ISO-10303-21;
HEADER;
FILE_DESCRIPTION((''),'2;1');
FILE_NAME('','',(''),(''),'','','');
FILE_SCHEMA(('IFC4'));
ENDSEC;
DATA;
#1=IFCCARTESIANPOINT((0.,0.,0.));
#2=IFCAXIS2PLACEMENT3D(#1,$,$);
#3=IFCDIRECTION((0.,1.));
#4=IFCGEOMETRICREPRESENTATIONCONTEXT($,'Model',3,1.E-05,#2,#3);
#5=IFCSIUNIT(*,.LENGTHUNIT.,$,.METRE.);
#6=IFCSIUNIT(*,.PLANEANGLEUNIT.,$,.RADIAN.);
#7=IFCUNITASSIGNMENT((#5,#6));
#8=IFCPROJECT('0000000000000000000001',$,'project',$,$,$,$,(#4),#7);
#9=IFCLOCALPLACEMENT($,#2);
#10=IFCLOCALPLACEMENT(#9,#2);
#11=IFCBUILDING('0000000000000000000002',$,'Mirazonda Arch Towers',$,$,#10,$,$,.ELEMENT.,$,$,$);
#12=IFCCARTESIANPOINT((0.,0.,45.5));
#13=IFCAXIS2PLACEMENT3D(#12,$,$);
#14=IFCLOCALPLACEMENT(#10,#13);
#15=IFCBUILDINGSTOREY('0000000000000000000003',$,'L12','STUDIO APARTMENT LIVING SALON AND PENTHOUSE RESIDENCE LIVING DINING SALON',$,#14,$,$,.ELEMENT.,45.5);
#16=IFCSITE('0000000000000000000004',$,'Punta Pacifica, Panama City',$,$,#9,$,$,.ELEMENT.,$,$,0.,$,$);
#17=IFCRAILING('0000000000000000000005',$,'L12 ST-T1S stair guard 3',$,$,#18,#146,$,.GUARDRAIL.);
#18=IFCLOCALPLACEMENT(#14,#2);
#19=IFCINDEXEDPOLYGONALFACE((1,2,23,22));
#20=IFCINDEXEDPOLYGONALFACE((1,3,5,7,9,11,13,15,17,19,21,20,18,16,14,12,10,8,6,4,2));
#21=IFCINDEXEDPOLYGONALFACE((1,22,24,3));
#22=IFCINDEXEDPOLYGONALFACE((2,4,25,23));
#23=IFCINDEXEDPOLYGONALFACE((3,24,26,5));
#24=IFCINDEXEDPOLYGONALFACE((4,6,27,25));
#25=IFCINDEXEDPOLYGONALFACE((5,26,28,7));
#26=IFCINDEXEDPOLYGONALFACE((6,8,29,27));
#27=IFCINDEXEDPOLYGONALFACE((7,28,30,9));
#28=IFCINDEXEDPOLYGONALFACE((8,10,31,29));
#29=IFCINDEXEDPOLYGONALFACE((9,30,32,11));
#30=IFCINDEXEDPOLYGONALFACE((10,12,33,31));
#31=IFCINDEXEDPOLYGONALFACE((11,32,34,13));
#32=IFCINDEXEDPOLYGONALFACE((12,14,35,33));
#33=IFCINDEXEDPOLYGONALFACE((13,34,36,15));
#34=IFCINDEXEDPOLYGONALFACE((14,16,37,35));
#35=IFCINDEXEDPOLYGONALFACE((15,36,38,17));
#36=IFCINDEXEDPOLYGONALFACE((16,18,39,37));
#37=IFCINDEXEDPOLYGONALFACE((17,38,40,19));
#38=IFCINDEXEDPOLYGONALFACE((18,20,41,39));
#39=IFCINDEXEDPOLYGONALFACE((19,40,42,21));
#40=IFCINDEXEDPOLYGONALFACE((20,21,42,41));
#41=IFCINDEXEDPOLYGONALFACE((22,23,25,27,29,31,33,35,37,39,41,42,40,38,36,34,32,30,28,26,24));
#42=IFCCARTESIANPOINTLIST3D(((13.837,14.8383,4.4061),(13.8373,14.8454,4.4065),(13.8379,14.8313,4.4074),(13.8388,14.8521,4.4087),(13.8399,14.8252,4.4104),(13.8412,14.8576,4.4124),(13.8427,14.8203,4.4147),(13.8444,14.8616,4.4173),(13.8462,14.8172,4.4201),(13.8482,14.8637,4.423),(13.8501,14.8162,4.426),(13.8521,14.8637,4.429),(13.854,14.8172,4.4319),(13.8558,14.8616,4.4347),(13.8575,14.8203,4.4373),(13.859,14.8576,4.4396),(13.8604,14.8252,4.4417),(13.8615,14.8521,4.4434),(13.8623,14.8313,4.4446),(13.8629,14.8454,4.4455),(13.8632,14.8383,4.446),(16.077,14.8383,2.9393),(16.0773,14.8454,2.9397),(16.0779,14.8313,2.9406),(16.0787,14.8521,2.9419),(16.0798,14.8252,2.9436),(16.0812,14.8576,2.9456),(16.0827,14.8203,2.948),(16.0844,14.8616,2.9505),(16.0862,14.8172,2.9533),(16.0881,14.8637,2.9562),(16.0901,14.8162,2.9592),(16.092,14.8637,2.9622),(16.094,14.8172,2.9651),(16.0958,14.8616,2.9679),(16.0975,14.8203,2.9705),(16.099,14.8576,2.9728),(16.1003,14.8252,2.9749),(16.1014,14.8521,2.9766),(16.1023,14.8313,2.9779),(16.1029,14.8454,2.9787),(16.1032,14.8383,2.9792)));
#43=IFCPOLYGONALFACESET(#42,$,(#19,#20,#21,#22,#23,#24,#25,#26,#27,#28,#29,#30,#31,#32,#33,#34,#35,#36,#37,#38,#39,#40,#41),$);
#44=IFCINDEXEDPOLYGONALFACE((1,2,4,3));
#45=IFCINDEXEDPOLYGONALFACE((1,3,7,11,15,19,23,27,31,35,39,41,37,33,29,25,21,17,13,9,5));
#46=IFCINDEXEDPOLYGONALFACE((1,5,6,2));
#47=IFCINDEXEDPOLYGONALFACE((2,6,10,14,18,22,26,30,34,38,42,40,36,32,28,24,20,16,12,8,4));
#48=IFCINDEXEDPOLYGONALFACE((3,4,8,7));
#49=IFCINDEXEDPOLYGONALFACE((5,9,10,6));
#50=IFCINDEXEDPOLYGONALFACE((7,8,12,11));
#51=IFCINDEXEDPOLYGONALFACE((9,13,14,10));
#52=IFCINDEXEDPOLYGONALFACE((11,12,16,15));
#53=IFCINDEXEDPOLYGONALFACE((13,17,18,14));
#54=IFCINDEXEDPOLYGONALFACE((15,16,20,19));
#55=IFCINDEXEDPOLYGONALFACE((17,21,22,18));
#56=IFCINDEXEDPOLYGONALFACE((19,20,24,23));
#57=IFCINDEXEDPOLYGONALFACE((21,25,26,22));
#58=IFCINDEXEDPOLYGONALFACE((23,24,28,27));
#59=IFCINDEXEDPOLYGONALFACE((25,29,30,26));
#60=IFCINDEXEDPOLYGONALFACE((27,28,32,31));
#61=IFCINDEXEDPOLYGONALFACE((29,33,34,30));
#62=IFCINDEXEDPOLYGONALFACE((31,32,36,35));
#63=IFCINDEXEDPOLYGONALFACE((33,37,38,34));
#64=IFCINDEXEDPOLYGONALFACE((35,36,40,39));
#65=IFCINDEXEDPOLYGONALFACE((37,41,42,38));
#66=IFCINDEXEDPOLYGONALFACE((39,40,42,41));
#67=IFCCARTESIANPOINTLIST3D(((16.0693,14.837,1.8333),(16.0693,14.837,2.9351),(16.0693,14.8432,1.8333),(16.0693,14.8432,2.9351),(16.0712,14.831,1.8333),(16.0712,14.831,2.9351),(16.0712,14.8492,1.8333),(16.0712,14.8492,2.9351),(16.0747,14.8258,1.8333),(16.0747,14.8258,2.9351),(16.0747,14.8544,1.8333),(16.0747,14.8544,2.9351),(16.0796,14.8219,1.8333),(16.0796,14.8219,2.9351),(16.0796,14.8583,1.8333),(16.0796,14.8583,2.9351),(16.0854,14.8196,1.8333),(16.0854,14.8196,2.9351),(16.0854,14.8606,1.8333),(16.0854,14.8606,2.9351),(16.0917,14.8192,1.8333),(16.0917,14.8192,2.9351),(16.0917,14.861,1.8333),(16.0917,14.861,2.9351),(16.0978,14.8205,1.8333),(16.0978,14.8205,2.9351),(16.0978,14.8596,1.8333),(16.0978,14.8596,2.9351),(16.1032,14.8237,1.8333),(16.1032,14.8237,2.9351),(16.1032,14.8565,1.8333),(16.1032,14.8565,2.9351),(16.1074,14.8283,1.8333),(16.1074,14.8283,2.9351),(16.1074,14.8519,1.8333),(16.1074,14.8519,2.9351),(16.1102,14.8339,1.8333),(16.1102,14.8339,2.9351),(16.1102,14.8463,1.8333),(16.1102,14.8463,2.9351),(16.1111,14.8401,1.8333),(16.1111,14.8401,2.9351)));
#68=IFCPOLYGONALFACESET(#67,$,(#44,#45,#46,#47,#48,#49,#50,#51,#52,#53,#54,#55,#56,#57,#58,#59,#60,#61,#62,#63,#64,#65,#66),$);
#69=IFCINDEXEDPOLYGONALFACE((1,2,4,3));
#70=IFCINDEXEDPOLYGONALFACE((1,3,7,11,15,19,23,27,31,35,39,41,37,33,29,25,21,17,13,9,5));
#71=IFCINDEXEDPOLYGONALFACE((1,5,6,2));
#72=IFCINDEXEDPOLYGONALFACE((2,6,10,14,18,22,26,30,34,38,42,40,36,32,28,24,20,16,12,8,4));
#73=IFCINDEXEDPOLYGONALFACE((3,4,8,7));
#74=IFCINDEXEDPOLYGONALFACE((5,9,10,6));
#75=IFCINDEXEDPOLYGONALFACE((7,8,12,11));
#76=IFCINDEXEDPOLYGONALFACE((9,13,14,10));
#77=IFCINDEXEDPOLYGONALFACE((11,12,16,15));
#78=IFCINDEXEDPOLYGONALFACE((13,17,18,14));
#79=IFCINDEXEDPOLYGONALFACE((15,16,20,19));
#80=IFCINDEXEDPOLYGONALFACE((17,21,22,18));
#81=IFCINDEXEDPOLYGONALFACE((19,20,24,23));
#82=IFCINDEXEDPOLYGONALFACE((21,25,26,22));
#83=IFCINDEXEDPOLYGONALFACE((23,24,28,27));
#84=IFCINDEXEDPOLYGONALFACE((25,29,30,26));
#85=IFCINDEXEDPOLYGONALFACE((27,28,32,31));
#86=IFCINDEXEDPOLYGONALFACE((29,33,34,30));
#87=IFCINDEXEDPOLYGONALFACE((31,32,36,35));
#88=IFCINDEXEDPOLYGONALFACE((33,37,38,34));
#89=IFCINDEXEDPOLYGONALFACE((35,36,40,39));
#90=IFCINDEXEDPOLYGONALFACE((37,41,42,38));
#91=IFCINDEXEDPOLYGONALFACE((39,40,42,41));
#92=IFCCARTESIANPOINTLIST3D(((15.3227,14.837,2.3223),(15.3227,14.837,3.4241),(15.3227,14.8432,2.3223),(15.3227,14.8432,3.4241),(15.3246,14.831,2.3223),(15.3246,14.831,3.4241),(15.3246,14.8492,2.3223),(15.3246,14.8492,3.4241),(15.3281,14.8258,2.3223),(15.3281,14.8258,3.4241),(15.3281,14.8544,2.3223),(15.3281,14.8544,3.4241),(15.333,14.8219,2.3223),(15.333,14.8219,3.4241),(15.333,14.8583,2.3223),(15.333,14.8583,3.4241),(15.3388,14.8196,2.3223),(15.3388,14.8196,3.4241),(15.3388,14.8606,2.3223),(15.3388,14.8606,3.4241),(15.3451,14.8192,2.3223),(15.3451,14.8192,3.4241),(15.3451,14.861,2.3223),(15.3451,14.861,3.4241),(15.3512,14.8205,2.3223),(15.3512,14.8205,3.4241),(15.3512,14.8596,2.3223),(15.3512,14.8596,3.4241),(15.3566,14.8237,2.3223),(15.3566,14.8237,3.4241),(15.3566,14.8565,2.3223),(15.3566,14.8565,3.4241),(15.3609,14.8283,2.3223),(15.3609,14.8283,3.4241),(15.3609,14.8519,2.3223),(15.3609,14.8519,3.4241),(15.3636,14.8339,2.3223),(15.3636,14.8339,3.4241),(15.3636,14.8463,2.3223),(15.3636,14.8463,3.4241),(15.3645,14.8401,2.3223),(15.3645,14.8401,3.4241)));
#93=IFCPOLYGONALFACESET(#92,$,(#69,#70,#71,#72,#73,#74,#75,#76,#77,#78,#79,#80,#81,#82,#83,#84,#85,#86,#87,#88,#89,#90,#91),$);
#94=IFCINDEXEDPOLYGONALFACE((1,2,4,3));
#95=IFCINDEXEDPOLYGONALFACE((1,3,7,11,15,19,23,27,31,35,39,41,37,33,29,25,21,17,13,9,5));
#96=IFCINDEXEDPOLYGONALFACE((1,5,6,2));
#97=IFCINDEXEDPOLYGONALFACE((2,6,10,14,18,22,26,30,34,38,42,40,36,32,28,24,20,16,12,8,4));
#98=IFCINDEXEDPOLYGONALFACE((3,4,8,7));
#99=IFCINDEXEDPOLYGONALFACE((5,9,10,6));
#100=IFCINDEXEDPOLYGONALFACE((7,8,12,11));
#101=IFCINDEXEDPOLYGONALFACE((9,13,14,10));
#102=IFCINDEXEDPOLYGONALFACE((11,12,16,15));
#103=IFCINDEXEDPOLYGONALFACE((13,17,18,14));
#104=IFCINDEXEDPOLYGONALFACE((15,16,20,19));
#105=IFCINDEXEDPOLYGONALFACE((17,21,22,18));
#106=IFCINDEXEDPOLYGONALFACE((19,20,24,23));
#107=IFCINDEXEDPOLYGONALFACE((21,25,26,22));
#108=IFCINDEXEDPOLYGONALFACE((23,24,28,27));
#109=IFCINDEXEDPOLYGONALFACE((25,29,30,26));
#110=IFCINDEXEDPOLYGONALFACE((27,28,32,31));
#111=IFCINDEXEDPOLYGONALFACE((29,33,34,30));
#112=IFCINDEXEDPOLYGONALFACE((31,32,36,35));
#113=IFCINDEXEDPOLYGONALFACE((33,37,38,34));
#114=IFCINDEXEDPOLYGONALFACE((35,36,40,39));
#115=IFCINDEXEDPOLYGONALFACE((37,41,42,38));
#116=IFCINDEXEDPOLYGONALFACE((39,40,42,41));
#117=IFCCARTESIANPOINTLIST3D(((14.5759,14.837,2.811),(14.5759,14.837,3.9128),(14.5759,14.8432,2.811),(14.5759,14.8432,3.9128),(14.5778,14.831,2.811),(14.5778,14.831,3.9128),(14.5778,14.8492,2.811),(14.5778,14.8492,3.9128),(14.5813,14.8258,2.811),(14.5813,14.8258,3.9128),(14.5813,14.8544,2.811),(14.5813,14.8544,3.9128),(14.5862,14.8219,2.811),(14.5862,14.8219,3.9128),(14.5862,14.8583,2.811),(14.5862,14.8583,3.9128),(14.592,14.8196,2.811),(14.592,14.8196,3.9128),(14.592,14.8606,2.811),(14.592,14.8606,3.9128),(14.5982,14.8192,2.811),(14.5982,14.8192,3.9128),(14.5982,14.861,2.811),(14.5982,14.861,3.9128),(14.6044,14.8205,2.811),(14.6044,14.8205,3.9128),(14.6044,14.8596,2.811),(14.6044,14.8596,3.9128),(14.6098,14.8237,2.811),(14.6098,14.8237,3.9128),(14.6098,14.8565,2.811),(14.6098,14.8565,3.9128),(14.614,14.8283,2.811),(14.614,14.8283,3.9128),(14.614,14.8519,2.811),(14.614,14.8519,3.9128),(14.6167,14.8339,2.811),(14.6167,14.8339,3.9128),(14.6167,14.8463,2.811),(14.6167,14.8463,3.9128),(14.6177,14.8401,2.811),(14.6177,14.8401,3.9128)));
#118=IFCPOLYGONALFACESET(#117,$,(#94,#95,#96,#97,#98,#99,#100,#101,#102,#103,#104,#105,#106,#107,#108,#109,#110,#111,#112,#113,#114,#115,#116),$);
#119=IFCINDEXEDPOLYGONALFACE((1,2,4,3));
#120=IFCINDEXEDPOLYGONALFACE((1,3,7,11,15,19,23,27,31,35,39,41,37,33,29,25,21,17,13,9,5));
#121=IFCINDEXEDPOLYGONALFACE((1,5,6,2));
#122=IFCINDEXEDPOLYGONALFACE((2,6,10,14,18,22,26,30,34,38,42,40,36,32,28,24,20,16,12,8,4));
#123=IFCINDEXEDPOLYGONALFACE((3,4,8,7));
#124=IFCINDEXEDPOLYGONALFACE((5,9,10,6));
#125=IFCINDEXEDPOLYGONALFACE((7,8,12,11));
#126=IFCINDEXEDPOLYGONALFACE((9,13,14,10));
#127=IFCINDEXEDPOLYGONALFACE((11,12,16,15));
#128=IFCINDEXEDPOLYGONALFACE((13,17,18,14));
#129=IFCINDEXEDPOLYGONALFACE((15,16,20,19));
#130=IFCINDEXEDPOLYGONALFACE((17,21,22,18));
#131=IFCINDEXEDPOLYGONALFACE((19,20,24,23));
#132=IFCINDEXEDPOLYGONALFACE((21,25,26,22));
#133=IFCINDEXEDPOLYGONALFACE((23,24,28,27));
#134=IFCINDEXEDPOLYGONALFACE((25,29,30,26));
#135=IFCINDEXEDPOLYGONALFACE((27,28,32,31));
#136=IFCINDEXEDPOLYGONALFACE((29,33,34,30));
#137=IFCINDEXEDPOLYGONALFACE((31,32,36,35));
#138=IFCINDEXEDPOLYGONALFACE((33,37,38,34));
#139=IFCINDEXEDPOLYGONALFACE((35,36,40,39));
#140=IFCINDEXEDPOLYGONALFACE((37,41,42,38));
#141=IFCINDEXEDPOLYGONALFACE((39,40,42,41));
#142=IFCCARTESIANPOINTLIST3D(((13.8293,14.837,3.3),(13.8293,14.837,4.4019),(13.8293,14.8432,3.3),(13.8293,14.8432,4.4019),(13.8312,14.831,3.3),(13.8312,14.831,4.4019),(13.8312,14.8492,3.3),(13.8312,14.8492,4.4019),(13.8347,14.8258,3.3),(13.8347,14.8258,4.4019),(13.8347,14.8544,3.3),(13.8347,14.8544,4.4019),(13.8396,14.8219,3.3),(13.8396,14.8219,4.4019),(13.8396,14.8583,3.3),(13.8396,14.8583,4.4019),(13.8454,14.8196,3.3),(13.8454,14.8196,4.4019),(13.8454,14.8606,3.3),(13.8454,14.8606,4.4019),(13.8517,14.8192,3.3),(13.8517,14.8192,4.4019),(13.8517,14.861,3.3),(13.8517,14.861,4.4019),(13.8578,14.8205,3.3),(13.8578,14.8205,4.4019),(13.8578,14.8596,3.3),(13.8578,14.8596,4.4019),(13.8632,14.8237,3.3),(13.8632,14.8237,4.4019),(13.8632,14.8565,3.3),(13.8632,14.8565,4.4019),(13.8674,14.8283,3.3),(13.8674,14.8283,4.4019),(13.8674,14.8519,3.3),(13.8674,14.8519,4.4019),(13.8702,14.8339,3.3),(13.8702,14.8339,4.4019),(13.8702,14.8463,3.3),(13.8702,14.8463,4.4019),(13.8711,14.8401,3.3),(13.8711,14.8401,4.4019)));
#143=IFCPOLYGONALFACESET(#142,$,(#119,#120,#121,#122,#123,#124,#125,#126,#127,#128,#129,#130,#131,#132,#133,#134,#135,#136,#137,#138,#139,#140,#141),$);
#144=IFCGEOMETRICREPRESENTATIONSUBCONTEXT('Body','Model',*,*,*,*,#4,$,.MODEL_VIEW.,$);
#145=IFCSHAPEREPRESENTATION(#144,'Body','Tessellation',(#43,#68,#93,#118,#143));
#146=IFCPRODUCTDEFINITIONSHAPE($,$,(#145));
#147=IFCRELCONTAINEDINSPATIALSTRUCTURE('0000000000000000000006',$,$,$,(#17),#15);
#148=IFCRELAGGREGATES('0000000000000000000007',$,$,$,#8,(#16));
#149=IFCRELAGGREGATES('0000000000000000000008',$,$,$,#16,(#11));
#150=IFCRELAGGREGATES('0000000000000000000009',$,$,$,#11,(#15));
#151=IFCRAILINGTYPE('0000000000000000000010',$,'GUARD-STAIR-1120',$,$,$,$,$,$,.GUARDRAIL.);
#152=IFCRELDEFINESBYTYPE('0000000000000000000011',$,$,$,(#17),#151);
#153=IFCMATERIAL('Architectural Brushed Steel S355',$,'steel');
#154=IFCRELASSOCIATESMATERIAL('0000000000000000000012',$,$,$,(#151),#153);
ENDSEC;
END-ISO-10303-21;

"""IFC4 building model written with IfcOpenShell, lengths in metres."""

from ifc_helpers import new_model, si_unit, direction, frame, origin, origin_2d, place, context, subcontext, project, spatial, circle, extrude, material, type_object, element, save


model = new_model("IFC4")

# Units and contexts
model_context = context("Model", 3, precision=1e-05, world=origin(), true_north=direction((0.0, 1.0)))
body_context = subcontext(model_context, "Body", "Model", "MODEL_VIEW")
ifc_project = project(units=[si_unit("LENGTHUNIT", "METRE"), si_unit("PLANEANGLEUNIT", "RADIAN")], contexts=[model_context])

# Site, building, storey
site_placement = place(None, origin())
site = spatial("IfcSite", under=ifc_project, at=site_placement, Name="Punta Pacifica, Panama City", CompositionType="ELEMENT", RefElevation=0.0)
building_placement = place(site_placement, origin())
building = spatial("IfcBuilding", under=site, at=building_placement, Name="Mirazonda Arch Towers", CompositionType="ELEMENT")
storey_placement = place(building_placement, frame((0.0, 0.0, 45.5)))
storey = spatial("IfcBuildingStorey", under=building, at=storey_placement, Name="L12", Description="STUDIO APARTMENT LIVING SALON AND PENTHOUSE RESIDENCE LIVING DINING SALON", CompositionType="ELEMENT", Elevation=45.5)

# Railing
ifc_material_1 = material(Name="Architectural Brushed Steel S355", Category="steel")
railing_type_1 = type_object("IfcRailingType", Name="GUARD-STAIR-1120", PredefinedType="GUARDRAIL", material=ifc_material_1)
railing_1_placement = place(storey_placement, frame((16.0901, 14.8401, 1.8333)))
element("IfcRailing", 1, at=railing_1_placement, inside=storey, type_object=railing_type_1, Name="L12 ST-T1S stair guard 3", PredefinedType="GUARDRAIL", context=body_context, shape_type="SweptSolid", body=[
    extrude(circle(Radius=0.0239, at=origin_2d()), frame((0.0, 0.0, 1.126), z_axis=(-0.836595, 0.0, 0.547822), x_axis=(0.0, -1.0, 0.0)), (0.0, 0.0, 1.0), 2.6775),
    extrude(circle(Radius=0.021, at=origin_2d()), origin(), (0.0, 0.0, 1.0), 1.1018),
    extrude(circle(Radius=0.021, at=origin_2d()), frame((-0.7466, 0.0, 0.489)), (0.0, 0.0, 1.0), 1.1018),
    extrude(circle(Radius=0.021, at=origin_2d()), frame((-1.4934, 0.0, 0.9778)), (0.0, 0.0, 1.0), 1.1018),
    extrude(circle(Radius=0.021, at=origin_2d()), frame((-2.24, 0.0, 1.4668)), (0.0, 0.0, 1.0), 1.1018),
])

save(model, "model.ifc")
